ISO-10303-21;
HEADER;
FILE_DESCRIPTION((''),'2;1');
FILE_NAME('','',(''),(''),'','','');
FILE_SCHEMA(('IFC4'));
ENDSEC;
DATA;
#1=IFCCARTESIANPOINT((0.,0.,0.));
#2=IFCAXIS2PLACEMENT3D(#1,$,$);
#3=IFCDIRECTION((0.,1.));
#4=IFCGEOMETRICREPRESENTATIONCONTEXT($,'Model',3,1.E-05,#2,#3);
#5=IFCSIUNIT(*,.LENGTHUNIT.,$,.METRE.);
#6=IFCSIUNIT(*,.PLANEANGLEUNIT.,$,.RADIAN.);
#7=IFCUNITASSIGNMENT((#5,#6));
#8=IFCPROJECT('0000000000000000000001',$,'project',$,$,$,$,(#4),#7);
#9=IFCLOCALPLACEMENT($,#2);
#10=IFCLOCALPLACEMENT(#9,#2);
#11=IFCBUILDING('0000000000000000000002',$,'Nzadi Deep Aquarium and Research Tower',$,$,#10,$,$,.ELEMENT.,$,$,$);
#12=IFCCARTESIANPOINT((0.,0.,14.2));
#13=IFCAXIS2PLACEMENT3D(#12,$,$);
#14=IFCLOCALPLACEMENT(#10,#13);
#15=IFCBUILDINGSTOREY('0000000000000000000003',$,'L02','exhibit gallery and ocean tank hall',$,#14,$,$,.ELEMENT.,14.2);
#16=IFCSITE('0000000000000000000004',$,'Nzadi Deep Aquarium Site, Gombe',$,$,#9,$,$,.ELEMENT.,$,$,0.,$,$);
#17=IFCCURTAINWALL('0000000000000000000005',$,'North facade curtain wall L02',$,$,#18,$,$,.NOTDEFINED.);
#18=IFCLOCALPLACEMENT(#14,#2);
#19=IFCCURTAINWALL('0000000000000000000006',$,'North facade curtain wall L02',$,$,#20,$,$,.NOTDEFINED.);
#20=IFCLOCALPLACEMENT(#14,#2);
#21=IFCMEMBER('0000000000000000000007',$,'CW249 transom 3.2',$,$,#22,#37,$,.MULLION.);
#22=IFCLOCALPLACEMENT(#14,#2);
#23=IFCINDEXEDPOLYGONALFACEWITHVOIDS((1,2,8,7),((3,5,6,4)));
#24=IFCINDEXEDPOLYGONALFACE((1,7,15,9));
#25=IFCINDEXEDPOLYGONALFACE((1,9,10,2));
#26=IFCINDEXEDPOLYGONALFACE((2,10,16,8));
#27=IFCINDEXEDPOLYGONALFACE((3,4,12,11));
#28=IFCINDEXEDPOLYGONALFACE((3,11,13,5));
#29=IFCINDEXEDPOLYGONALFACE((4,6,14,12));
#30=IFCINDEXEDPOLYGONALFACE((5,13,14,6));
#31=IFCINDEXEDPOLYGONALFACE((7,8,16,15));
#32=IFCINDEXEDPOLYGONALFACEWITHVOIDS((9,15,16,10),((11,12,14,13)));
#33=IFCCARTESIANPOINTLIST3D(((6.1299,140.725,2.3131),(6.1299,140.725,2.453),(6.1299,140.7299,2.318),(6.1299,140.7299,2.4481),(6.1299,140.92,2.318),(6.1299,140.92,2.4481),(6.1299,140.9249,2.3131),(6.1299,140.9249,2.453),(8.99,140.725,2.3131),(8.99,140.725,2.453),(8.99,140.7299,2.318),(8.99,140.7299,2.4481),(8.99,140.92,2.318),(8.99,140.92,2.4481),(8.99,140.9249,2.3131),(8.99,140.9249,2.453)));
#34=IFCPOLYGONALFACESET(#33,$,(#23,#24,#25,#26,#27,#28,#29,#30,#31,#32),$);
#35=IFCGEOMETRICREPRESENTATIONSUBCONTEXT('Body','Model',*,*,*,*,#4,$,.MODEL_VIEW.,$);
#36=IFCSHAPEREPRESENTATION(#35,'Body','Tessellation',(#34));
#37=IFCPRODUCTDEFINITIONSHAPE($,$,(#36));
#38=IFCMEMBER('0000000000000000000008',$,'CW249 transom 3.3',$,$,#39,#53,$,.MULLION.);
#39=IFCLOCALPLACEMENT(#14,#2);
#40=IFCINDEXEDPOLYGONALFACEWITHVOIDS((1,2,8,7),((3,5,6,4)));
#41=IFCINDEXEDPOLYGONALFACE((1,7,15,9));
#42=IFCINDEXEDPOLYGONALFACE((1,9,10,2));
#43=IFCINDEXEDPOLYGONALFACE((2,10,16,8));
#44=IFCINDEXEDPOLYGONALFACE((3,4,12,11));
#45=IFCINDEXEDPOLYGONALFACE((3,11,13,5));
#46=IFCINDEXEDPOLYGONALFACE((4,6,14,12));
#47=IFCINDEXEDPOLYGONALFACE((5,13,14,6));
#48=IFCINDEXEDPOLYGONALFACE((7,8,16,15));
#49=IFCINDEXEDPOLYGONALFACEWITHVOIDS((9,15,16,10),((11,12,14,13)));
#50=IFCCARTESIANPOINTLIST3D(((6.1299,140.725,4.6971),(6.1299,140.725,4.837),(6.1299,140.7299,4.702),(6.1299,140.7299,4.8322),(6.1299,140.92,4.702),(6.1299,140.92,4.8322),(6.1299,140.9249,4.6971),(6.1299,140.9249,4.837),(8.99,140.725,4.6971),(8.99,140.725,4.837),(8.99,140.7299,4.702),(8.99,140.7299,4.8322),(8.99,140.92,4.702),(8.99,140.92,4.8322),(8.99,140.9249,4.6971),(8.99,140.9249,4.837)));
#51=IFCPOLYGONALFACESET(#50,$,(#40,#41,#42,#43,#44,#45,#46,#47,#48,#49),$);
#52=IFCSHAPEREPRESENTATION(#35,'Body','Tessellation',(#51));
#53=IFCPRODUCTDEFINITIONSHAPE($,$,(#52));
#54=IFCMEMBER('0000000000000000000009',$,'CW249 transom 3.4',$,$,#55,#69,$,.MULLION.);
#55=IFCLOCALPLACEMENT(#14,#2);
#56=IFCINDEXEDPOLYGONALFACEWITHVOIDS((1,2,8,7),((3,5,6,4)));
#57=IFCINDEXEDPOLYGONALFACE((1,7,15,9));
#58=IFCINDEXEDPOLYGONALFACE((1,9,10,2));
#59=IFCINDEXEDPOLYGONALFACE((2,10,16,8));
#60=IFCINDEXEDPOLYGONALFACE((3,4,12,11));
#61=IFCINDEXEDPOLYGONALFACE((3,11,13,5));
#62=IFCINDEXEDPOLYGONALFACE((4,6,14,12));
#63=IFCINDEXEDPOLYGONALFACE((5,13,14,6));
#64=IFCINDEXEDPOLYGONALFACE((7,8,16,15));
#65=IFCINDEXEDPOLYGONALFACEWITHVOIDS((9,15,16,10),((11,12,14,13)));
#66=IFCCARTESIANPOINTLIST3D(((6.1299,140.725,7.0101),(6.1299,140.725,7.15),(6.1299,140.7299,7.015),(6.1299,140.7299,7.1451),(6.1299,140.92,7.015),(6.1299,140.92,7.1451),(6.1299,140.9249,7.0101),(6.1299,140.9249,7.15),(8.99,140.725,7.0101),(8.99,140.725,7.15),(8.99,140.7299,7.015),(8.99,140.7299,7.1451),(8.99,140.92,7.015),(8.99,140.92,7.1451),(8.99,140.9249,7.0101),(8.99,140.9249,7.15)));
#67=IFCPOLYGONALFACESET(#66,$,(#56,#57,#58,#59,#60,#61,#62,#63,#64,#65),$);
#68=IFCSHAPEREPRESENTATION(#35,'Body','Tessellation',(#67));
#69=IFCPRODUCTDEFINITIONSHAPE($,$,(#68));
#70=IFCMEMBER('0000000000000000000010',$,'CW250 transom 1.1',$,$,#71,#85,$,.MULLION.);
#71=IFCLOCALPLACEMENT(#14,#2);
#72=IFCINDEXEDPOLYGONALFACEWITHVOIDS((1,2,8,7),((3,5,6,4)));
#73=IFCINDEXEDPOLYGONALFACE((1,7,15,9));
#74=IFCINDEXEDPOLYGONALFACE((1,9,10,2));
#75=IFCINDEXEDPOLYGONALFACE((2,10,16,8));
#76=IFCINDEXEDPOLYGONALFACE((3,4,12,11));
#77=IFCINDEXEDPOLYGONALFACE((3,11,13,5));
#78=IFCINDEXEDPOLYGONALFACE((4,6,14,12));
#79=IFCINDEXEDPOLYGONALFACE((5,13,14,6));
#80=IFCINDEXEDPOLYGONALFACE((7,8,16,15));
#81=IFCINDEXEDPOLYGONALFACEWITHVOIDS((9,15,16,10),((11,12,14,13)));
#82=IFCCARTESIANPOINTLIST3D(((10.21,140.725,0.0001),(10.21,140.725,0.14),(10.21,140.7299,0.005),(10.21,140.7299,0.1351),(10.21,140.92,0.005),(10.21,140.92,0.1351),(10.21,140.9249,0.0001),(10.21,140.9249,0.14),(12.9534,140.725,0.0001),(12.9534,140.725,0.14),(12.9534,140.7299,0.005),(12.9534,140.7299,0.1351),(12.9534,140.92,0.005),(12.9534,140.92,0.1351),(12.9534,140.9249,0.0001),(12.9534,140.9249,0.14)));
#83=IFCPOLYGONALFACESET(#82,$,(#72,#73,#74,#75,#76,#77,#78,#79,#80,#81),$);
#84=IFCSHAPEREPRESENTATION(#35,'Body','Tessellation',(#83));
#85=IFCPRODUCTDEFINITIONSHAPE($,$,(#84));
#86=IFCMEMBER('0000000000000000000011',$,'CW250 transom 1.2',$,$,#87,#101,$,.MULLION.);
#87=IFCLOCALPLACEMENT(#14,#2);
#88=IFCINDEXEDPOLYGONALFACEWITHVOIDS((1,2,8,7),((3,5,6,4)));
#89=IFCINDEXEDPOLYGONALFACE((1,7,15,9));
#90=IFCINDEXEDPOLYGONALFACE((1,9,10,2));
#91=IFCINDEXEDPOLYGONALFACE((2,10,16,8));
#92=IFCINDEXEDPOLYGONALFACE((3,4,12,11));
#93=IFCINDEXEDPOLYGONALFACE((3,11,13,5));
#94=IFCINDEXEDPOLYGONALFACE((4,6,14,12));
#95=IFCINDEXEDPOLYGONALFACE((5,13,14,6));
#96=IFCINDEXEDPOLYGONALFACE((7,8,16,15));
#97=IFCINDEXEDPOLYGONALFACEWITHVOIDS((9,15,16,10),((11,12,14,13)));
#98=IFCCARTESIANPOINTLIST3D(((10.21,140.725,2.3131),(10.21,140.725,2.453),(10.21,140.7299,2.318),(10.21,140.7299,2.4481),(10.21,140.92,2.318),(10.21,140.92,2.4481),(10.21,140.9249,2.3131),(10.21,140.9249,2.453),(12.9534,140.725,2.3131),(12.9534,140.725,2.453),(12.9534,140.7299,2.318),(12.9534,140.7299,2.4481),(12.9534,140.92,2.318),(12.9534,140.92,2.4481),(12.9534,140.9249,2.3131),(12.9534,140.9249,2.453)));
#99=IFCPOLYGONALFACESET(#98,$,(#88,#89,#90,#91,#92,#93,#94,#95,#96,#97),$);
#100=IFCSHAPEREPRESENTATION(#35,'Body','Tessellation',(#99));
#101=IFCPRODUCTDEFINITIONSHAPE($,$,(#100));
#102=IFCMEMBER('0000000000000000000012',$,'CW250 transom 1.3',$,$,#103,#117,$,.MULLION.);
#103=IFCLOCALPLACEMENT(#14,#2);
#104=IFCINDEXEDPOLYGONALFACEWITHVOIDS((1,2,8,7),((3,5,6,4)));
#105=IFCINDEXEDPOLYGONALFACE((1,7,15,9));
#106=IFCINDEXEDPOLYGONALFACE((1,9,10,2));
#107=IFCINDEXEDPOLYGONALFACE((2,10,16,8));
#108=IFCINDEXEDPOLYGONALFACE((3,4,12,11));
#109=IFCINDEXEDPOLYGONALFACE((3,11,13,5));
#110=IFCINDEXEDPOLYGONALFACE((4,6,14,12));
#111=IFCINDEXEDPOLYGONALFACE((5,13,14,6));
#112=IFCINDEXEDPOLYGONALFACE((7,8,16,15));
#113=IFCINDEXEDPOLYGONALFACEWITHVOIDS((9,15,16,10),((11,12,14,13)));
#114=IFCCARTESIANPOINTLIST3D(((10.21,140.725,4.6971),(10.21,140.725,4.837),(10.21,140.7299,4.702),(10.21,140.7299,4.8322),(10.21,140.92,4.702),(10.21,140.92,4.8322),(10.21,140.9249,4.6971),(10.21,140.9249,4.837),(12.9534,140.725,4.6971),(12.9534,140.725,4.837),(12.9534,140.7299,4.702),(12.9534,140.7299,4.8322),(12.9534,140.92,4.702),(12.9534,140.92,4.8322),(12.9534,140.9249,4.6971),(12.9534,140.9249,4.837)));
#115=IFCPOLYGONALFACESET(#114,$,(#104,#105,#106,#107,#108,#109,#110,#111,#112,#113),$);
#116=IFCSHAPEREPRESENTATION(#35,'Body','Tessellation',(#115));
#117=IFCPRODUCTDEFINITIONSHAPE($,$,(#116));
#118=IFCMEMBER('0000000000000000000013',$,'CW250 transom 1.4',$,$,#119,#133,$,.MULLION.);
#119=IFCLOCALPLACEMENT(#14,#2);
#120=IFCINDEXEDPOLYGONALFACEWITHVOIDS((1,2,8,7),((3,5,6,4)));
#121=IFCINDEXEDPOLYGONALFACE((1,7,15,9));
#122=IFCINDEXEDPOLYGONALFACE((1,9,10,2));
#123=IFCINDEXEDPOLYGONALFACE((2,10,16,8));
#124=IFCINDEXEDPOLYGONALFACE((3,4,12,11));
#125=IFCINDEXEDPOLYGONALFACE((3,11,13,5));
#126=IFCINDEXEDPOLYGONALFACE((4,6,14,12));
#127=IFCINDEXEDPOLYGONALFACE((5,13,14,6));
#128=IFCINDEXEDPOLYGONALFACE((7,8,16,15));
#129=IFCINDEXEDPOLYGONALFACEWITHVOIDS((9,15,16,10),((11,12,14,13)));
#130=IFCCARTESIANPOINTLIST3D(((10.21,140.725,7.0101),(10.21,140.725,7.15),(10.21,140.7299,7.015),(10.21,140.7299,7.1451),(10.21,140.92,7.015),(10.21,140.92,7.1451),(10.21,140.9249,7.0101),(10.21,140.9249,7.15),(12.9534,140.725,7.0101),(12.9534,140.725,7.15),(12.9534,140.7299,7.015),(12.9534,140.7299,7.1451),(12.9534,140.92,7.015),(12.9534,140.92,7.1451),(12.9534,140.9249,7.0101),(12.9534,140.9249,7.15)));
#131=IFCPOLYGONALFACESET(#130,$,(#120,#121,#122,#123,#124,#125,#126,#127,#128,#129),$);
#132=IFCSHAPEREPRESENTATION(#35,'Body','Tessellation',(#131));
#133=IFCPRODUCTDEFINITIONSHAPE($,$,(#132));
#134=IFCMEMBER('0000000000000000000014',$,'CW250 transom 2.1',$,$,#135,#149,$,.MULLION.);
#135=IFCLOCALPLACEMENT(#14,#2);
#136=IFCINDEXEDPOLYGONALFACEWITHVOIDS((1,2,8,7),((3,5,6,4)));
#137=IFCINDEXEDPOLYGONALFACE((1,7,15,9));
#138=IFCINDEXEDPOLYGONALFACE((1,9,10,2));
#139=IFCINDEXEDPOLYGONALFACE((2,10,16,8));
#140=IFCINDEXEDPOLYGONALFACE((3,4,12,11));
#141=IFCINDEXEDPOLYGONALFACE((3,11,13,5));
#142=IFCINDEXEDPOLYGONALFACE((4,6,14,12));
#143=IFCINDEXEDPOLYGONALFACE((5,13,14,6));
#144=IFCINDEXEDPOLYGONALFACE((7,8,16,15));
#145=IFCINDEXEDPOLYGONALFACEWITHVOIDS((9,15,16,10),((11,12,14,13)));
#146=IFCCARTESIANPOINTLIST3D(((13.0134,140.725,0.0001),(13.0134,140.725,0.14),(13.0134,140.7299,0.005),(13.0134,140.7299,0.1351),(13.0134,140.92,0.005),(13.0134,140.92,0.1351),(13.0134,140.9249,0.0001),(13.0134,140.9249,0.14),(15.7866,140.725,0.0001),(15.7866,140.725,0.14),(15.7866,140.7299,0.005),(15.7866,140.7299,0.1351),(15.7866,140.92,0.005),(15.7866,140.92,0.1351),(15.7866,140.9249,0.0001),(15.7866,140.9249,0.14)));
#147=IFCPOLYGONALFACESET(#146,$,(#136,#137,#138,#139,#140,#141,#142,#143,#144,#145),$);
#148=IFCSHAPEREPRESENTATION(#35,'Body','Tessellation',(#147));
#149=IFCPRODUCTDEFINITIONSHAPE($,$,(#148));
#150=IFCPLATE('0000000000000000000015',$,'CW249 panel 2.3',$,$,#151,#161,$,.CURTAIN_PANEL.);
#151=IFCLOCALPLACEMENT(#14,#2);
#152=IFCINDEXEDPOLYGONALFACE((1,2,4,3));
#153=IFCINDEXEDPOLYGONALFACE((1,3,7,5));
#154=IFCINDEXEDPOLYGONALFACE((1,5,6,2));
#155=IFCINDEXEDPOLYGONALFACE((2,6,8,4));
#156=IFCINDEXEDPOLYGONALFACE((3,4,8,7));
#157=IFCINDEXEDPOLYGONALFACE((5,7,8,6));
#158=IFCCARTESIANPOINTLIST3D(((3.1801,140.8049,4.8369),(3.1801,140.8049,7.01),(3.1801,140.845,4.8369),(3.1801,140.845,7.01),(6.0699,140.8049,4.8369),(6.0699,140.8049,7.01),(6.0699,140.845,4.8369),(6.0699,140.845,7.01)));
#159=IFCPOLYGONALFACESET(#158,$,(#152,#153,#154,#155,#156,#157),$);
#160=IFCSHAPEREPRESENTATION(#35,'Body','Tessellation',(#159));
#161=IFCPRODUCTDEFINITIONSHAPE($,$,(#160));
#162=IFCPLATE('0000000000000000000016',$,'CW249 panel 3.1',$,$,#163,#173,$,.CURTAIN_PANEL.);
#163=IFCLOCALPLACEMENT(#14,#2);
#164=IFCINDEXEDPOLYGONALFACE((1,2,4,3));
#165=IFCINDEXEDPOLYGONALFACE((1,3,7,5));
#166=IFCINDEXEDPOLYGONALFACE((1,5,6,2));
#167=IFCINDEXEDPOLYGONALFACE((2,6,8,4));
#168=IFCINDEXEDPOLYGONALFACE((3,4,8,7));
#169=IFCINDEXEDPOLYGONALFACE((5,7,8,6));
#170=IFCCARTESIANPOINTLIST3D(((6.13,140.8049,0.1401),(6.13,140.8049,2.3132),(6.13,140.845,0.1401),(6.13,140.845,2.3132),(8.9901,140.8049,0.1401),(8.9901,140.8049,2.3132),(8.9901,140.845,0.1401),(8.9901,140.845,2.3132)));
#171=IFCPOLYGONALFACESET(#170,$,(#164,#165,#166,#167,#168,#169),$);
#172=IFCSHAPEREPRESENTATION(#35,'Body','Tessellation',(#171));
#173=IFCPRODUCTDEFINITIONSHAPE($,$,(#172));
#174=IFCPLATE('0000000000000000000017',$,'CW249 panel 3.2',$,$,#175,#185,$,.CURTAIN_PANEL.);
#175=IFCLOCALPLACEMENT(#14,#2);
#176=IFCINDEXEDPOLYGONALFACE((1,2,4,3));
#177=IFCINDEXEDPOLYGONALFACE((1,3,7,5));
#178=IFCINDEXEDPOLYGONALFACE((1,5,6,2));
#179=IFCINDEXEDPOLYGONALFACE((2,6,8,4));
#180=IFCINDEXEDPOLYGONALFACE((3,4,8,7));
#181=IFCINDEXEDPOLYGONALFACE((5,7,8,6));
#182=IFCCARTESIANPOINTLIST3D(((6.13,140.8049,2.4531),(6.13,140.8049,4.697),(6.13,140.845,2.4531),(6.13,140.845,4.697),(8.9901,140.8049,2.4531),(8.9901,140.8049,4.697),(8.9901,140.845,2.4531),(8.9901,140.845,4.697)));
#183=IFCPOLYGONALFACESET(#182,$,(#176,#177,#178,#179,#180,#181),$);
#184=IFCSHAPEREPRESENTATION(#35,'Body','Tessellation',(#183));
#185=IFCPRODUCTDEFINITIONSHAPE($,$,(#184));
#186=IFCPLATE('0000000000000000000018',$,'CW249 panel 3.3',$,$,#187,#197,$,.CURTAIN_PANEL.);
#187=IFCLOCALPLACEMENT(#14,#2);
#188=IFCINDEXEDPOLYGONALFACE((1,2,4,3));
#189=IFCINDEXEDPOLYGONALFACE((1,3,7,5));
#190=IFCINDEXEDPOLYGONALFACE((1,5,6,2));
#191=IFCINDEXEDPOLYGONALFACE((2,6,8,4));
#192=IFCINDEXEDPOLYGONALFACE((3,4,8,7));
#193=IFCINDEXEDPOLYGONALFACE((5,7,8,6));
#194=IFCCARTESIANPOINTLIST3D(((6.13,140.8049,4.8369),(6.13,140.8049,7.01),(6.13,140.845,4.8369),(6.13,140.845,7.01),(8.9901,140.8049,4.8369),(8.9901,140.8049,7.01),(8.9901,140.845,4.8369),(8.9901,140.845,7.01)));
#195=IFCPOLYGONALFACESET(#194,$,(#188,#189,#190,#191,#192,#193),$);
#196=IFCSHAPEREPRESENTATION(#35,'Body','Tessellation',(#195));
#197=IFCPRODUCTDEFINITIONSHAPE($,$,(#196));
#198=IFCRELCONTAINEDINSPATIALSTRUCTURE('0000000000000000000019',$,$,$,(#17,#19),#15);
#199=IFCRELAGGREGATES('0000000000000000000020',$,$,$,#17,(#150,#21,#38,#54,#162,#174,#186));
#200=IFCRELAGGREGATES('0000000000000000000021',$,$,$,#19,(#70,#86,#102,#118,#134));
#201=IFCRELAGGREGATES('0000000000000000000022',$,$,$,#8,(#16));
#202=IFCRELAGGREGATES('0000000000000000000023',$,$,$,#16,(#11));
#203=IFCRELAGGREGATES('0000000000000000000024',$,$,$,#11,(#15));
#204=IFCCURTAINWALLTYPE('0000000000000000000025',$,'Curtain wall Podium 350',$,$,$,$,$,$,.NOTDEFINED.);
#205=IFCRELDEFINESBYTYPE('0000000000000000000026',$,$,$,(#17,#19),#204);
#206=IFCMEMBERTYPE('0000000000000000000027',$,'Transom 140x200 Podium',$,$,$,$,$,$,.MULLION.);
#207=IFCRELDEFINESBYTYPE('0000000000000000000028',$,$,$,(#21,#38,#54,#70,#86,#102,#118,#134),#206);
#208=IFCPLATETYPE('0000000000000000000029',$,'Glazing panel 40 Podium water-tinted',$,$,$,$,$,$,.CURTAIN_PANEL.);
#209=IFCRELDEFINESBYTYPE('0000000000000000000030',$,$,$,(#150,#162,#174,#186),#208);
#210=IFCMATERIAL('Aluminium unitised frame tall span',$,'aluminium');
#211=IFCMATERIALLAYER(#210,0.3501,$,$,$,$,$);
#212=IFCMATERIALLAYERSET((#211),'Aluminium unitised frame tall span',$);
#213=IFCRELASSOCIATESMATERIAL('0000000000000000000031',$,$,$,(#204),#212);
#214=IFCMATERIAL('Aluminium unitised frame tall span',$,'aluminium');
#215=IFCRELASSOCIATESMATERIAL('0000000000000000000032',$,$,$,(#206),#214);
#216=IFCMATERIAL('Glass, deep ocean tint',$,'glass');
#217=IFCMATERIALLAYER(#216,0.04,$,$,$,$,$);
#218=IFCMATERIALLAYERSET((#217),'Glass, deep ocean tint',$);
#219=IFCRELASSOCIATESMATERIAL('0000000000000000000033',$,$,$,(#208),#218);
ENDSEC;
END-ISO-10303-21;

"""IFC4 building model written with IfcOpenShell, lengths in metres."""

from ifc_helpers import new_model, si_unit, direction, frame, origin, origin_2d, place, context, subcontext, project, spatial, rectangle, hollow_rectangle, extrude, material, layer, layer_set, material_profile, profile_set, type_object, element, aggregate, save


model = new_model("IFC4")

# Units and contexts
model_context = context("Model", 3, precision=1e-05, world=origin(), true_north=direction((0.0, 1.0)))
body_context = subcontext(model_context, "Body", "Model", "MODEL_VIEW")
ifc_project = project(units=[si_unit("LENGTHUNIT", "METRE"), si_unit("PLANEANGLEUNIT", "RADIAN")], contexts=[model_context])

# Site, building, storey
site_placement = place(None, origin())
site = spatial("IfcSite", under=ifc_project, at=site_placement, Name="Nzadi Deep Aquarium Site, Gombe", CompositionType="ELEMENT", RefElevation=0.0)
building_placement = place(site_placement, origin())
building = spatial("IfcBuilding", under=site, at=building_placement, Name="Nzadi Deep Aquarium and Research Tower", CompositionType="ELEMENT")
storey_placement = place(building_placement, frame((0.0, 0.0, 14.2)))
storey = spatial("IfcBuildingStorey", under=building, at=storey_placement, Name="L02", Description="exhibit gallery and ocean tank hall", CompositionType="ELEMENT", Elevation=14.2)

# Curtain walls
ifc_material_1 = material(Name="Aluminium unitised frame tall span", Category="aluminium")
ifc_layer_1 = layer(ifc_material_1, 0.3501)
ifc_layer_set_1 = layer_set([ifc_layer_1], Name="Aluminium unitised frame tall span")
curtain_wall_type = type_object("IfcCurtainWallType", Name="Curtain wall Podium 350", PredefinedType="NOTDEFINED", material=ifc_layer_set_1)
curtain_wall_1_placement = place(storey_placement, origin())
curtain_wall_1 = element("IfcCurtainWall", 1, at=curtain_wall_1_placement, inside=storey, type_object=curtain_wall_type, Name="North facade curtain wall L02", PredefinedType="NOTDEFINED")
curtain_wall_2_placement = place(storey_placement, origin())
curtain_wall_2 = element("IfcCurtainWall", 2, at=curtain_wall_2_placement, inside=storey, type_object=curtain_wall_type, Name="North facade curtain wall L02", PredefinedType="NOTDEFINED")

# Members
ifc_material_2 = material(Name="Aluminium unitised frame tall span", Category="aluminium")
ifc_material_profile_1 = material_profile(ifc_material_2, hollow_rectangle(XDim=0.2, YDim=0.1399, WallThickness=0.0049, at=origin_2d()))
ifc_profile_set_1 = profile_set([ifc_material_profile_1], Name="Aluminium unitised frame tall span")
member_type_1 = type_object("IfcMemberType", Name="Transom 140x200 Podium", PredefinedType="MULLION", material=ifc_profile_set_1)
member_1_placement = place(storey_placement, frame((6.1299, 140.825, 2.3831), z_axis=(1.0, 0.0, 0.0), x_axis=(0.0, 1.0, 0.0)))
member_1 = element("IfcMember", 3, at=member_1_placement, type_object=member_type_1, Name="CW249 transom 3.2", PredefinedType="MULLION", context=body_context, shape_type="SweptSolid", body=[
    extrude(hollow_rectangle(XDim=0.2, YDim=0.1399, WallThickness=0.0049, at=origin_2d()), origin(), (0.0, 0.0, 1.0), 2.8601),
])
member_2_placement = place(storey_placement, frame((6.1299, 140.825, 4.7671), z_axis=(1.0, 0.0, 0.0), x_axis=(0.0, 1.0, 0.0)))
member_2 = element("IfcMember", 4, at=member_2_placement, type_object=member_type_1, Name="CW249 transom 3.3", PredefinedType="MULLION", context=body_context, shape_type="SweptSolid", body=[
    extrude(hollow_rectangle(XDim=0.2, YDim=0.1399, WallThickness=0.0049, at=origin_2d()), origin(), (0.0, 0.0, 1.0), 2.8601),
])
member_3_placement = place(storey_placement, frame((6.1299, 140.825, 7.0801), z_axis=(1.0, 0.0, 0.0), x_axis=(0.0, 1.0, 0.0)))
member_3 = element("IfcMember", 5, at=member_3_placement, type_object=member_type_1, Name="CW249 transom 3.4", PredefinedType="MULLION", context=body_context, shape_type="SweptSolid", body=[
    extrude(hollow_rectangle(XDim=0.2, YDim=0.1399, WallThickness=0.0049, at=origin_2d()), origin(), (0.0, 0.0, 1.0), 2.8601),
])
member_4_placement = place(storey_placement, frame((10.21, 140.825, 0.0701), z_axis=(1.0, 0.0, 0.0), x_axis=(0.0, 1.0, 0.0)))
member_4 = element("IfcMember", 6, at=member_4_placement, type_object=member_type_1, Name="CW250 transom 1.1", PredefinedType="MULLION", context=body_context, shape_type="SweptSolid", body=[
    extrude(hollow_rectangle(XDim=0.2, YDim=0.1399, WallThickness=0.0049, at=origin_2d()), origin(), (0.0, 0.0, 1.0), 2.7434),
])
member_5_placement = place(storey_placement, frame((10.21, 140.825, 2.3831), z_axis=(1.0, 0.0, 0.0), x_axis=(0.0, 1.0, 0.0)))
member_5 = element("IfcMember", 7, at=member_5_placement, type_object=member_type_1, Name="CW250 transom 1.2", PredefinedType="MULLION", context=body_context, shape_type="SweptSolid", body=[
    extrude(hollow_rectangle(XDim=0.2, YDim=0.1399, WallThickness=0.0049, at=origin_2d()), origin(), (0.0, 0.0, 1.0), 2.7434),
])
member_6_placement = place(storey_placement, frame((10.21, 140.825, 4.7671), z_axis=(1.0, 0.0, 0.0), x_axis=(0.0, 1.0, 0.0)))
member_6 = element("IfcMember", 8, at=member_6_placement, type_object=member_type_1, Name="CW250 transom 1.3", PredefinedType="MULLION", context=body_context, shape_type="SweptSolid", body=[
    extrude(hollow_rectangle(XDim=0.2, YDim=0.1399, WallThickness=0.0049, at=origin_2d()), origin(), (0.0, 0.0, 1.0), 2.7434),
])
member_7_placement = place(storey_placement, frame((10.21, 140.825, 7.0801), z_axis=(1.0, 0.0, 0.0), x_axis=(0.0, 1.0, 0.0)))
member_7 = element("IfcMember", 9, at=member_7_placement, type_object=member_type_1, Name="CW250 transom 1.4", PredefinedType="MULLION", context=body_context, shape_type="SweptSolid", body=[
    extrude(hollow_rectangle(XDim=0.2, YDim=0.1399, WallThickness=0.0049, at=origin_2d()), origin(), (0.0, 0.0, 1.0), 2.7434),
])
member_8_placement = place(storey_placement, frame((13.0134, 140.825, 0.0701), z_axis=(1.0, 0.0, 0.0), x_axis=(0.0, 1.0, 0.0)))
member_8 = element("IfcMember", 10, at=member_8_placement, type_object=member_type_1, Name="CW250 transom 2.1", PredefinedType="MULLION", context=body_context, shape_type="SweptSolid", body=[
    extrude(hollow_rectangle(XDim=0.2, YDim=0.1399, WallThickness=0.0049, at=origin_2d()), origin(), (0.0, 0.0, 1.0), 2.7732),
])

# Plates
ifc_material_3 = material(Name="Glass, deep ocean tint", Category="glass")
ifc_layer_2 = layer(ifc_material_3, 0.04)
ifc_layer_set_2 = layer_set([ifc_layer_2], Name="Glass, deep ocean tint")
plate_type = type_object("IfcPlateType", Name="Glazing panel 40 Podium water-tinted", PredefinedType="CURTAIN_PANEL", material=ifc_layer_set_2)
plate_1_placement = place(storey_placement, frame((4.625, 140.825, 4.8369), z_axis=(0.0, 0.0, 1.0), x_axis=(1.0, 0.0, 0.0)))
plate_1 = element("IfcPlate", 11, at=plate_1_placement, type_object=plate_type, Name="CW249 panel 2.3", PredefinedType="CURTAIN_PANEL", context=body_context, shape_type="SweptSolid", body=[
    extrude(rectangle(XDim=2.8899, YDim=0.04, at=origin_2d()), origin(), (0.0, 0.0, 1.0), 2.1731),
])
plate_2_placement = place(storey_placement, frame((7.5601, 140.825, 0.1401), z_axis=(0.0, 0.0, 1.0), x_axis=(1.0, 0.0, 0.0)))
plate_2 = element("IfcPlate", 12, at=plate_2_placement, type_object=plate_type, Name="CW249 panel 3.1", PredefinedType="CURTAIN_PANEL", context=body_context, shape_type="SweptSolid", body=[
    extrude(rectangle(XDim=2.8601, YDim=0.04, at=origin_2d()), origin(), (0.0, 0.0, 1.0), 2.1731),
])
plate_3_placement = place(storey_placement, frame((7.5601, 140.825, 2.4531), z_axis=(0.0, 0.0, 1.0), x_axis=(1.0, 0.0, 0.0)))
plate_3 = element("IfcPlate", 13, at=plate_3_placement, type_object=plate_type, Name="CW249 panel 3.2", PredefinedType="CURTAIN_PANEL", context=body_context, shape_type="SweptSolid", body=[
    extrude(rectangle(XDim=2.8601, YDim=0.04, at=origin_2d()), origin(), (0.0, 0.0, 1.0), 2.2439),
])
plate_4_placement = place(storey_placement, frame((7.5601, 140.825, 4.8369), z_axis=(0.0, 0.0, 1.0), x_axis=(1.0, 0.0, 0.0)))
plate_4 = element("IfcPlate", 14, at=plate_4_placement, type_object=plate_type, Name="CW249 panel 3.3", PredefinedType="CURTAIN_PANEL", context=body_context, shape_type="SweptSolid", body=[
    extrude(rectangle(XDim=2.8601, YDim=0.04, at=origin_2d()), origin(), (0.0, 0.0, 1.0), 2.1731),
])
aggregate(curtain_wall_1, [plate_1, member_1, member_2, member_3, plate_2, plate_3, plate_4])
aggregate(curtain_wall_2, [member_4, member_5, member_6, member_7, member_8])

save(model, "model.ifc")
